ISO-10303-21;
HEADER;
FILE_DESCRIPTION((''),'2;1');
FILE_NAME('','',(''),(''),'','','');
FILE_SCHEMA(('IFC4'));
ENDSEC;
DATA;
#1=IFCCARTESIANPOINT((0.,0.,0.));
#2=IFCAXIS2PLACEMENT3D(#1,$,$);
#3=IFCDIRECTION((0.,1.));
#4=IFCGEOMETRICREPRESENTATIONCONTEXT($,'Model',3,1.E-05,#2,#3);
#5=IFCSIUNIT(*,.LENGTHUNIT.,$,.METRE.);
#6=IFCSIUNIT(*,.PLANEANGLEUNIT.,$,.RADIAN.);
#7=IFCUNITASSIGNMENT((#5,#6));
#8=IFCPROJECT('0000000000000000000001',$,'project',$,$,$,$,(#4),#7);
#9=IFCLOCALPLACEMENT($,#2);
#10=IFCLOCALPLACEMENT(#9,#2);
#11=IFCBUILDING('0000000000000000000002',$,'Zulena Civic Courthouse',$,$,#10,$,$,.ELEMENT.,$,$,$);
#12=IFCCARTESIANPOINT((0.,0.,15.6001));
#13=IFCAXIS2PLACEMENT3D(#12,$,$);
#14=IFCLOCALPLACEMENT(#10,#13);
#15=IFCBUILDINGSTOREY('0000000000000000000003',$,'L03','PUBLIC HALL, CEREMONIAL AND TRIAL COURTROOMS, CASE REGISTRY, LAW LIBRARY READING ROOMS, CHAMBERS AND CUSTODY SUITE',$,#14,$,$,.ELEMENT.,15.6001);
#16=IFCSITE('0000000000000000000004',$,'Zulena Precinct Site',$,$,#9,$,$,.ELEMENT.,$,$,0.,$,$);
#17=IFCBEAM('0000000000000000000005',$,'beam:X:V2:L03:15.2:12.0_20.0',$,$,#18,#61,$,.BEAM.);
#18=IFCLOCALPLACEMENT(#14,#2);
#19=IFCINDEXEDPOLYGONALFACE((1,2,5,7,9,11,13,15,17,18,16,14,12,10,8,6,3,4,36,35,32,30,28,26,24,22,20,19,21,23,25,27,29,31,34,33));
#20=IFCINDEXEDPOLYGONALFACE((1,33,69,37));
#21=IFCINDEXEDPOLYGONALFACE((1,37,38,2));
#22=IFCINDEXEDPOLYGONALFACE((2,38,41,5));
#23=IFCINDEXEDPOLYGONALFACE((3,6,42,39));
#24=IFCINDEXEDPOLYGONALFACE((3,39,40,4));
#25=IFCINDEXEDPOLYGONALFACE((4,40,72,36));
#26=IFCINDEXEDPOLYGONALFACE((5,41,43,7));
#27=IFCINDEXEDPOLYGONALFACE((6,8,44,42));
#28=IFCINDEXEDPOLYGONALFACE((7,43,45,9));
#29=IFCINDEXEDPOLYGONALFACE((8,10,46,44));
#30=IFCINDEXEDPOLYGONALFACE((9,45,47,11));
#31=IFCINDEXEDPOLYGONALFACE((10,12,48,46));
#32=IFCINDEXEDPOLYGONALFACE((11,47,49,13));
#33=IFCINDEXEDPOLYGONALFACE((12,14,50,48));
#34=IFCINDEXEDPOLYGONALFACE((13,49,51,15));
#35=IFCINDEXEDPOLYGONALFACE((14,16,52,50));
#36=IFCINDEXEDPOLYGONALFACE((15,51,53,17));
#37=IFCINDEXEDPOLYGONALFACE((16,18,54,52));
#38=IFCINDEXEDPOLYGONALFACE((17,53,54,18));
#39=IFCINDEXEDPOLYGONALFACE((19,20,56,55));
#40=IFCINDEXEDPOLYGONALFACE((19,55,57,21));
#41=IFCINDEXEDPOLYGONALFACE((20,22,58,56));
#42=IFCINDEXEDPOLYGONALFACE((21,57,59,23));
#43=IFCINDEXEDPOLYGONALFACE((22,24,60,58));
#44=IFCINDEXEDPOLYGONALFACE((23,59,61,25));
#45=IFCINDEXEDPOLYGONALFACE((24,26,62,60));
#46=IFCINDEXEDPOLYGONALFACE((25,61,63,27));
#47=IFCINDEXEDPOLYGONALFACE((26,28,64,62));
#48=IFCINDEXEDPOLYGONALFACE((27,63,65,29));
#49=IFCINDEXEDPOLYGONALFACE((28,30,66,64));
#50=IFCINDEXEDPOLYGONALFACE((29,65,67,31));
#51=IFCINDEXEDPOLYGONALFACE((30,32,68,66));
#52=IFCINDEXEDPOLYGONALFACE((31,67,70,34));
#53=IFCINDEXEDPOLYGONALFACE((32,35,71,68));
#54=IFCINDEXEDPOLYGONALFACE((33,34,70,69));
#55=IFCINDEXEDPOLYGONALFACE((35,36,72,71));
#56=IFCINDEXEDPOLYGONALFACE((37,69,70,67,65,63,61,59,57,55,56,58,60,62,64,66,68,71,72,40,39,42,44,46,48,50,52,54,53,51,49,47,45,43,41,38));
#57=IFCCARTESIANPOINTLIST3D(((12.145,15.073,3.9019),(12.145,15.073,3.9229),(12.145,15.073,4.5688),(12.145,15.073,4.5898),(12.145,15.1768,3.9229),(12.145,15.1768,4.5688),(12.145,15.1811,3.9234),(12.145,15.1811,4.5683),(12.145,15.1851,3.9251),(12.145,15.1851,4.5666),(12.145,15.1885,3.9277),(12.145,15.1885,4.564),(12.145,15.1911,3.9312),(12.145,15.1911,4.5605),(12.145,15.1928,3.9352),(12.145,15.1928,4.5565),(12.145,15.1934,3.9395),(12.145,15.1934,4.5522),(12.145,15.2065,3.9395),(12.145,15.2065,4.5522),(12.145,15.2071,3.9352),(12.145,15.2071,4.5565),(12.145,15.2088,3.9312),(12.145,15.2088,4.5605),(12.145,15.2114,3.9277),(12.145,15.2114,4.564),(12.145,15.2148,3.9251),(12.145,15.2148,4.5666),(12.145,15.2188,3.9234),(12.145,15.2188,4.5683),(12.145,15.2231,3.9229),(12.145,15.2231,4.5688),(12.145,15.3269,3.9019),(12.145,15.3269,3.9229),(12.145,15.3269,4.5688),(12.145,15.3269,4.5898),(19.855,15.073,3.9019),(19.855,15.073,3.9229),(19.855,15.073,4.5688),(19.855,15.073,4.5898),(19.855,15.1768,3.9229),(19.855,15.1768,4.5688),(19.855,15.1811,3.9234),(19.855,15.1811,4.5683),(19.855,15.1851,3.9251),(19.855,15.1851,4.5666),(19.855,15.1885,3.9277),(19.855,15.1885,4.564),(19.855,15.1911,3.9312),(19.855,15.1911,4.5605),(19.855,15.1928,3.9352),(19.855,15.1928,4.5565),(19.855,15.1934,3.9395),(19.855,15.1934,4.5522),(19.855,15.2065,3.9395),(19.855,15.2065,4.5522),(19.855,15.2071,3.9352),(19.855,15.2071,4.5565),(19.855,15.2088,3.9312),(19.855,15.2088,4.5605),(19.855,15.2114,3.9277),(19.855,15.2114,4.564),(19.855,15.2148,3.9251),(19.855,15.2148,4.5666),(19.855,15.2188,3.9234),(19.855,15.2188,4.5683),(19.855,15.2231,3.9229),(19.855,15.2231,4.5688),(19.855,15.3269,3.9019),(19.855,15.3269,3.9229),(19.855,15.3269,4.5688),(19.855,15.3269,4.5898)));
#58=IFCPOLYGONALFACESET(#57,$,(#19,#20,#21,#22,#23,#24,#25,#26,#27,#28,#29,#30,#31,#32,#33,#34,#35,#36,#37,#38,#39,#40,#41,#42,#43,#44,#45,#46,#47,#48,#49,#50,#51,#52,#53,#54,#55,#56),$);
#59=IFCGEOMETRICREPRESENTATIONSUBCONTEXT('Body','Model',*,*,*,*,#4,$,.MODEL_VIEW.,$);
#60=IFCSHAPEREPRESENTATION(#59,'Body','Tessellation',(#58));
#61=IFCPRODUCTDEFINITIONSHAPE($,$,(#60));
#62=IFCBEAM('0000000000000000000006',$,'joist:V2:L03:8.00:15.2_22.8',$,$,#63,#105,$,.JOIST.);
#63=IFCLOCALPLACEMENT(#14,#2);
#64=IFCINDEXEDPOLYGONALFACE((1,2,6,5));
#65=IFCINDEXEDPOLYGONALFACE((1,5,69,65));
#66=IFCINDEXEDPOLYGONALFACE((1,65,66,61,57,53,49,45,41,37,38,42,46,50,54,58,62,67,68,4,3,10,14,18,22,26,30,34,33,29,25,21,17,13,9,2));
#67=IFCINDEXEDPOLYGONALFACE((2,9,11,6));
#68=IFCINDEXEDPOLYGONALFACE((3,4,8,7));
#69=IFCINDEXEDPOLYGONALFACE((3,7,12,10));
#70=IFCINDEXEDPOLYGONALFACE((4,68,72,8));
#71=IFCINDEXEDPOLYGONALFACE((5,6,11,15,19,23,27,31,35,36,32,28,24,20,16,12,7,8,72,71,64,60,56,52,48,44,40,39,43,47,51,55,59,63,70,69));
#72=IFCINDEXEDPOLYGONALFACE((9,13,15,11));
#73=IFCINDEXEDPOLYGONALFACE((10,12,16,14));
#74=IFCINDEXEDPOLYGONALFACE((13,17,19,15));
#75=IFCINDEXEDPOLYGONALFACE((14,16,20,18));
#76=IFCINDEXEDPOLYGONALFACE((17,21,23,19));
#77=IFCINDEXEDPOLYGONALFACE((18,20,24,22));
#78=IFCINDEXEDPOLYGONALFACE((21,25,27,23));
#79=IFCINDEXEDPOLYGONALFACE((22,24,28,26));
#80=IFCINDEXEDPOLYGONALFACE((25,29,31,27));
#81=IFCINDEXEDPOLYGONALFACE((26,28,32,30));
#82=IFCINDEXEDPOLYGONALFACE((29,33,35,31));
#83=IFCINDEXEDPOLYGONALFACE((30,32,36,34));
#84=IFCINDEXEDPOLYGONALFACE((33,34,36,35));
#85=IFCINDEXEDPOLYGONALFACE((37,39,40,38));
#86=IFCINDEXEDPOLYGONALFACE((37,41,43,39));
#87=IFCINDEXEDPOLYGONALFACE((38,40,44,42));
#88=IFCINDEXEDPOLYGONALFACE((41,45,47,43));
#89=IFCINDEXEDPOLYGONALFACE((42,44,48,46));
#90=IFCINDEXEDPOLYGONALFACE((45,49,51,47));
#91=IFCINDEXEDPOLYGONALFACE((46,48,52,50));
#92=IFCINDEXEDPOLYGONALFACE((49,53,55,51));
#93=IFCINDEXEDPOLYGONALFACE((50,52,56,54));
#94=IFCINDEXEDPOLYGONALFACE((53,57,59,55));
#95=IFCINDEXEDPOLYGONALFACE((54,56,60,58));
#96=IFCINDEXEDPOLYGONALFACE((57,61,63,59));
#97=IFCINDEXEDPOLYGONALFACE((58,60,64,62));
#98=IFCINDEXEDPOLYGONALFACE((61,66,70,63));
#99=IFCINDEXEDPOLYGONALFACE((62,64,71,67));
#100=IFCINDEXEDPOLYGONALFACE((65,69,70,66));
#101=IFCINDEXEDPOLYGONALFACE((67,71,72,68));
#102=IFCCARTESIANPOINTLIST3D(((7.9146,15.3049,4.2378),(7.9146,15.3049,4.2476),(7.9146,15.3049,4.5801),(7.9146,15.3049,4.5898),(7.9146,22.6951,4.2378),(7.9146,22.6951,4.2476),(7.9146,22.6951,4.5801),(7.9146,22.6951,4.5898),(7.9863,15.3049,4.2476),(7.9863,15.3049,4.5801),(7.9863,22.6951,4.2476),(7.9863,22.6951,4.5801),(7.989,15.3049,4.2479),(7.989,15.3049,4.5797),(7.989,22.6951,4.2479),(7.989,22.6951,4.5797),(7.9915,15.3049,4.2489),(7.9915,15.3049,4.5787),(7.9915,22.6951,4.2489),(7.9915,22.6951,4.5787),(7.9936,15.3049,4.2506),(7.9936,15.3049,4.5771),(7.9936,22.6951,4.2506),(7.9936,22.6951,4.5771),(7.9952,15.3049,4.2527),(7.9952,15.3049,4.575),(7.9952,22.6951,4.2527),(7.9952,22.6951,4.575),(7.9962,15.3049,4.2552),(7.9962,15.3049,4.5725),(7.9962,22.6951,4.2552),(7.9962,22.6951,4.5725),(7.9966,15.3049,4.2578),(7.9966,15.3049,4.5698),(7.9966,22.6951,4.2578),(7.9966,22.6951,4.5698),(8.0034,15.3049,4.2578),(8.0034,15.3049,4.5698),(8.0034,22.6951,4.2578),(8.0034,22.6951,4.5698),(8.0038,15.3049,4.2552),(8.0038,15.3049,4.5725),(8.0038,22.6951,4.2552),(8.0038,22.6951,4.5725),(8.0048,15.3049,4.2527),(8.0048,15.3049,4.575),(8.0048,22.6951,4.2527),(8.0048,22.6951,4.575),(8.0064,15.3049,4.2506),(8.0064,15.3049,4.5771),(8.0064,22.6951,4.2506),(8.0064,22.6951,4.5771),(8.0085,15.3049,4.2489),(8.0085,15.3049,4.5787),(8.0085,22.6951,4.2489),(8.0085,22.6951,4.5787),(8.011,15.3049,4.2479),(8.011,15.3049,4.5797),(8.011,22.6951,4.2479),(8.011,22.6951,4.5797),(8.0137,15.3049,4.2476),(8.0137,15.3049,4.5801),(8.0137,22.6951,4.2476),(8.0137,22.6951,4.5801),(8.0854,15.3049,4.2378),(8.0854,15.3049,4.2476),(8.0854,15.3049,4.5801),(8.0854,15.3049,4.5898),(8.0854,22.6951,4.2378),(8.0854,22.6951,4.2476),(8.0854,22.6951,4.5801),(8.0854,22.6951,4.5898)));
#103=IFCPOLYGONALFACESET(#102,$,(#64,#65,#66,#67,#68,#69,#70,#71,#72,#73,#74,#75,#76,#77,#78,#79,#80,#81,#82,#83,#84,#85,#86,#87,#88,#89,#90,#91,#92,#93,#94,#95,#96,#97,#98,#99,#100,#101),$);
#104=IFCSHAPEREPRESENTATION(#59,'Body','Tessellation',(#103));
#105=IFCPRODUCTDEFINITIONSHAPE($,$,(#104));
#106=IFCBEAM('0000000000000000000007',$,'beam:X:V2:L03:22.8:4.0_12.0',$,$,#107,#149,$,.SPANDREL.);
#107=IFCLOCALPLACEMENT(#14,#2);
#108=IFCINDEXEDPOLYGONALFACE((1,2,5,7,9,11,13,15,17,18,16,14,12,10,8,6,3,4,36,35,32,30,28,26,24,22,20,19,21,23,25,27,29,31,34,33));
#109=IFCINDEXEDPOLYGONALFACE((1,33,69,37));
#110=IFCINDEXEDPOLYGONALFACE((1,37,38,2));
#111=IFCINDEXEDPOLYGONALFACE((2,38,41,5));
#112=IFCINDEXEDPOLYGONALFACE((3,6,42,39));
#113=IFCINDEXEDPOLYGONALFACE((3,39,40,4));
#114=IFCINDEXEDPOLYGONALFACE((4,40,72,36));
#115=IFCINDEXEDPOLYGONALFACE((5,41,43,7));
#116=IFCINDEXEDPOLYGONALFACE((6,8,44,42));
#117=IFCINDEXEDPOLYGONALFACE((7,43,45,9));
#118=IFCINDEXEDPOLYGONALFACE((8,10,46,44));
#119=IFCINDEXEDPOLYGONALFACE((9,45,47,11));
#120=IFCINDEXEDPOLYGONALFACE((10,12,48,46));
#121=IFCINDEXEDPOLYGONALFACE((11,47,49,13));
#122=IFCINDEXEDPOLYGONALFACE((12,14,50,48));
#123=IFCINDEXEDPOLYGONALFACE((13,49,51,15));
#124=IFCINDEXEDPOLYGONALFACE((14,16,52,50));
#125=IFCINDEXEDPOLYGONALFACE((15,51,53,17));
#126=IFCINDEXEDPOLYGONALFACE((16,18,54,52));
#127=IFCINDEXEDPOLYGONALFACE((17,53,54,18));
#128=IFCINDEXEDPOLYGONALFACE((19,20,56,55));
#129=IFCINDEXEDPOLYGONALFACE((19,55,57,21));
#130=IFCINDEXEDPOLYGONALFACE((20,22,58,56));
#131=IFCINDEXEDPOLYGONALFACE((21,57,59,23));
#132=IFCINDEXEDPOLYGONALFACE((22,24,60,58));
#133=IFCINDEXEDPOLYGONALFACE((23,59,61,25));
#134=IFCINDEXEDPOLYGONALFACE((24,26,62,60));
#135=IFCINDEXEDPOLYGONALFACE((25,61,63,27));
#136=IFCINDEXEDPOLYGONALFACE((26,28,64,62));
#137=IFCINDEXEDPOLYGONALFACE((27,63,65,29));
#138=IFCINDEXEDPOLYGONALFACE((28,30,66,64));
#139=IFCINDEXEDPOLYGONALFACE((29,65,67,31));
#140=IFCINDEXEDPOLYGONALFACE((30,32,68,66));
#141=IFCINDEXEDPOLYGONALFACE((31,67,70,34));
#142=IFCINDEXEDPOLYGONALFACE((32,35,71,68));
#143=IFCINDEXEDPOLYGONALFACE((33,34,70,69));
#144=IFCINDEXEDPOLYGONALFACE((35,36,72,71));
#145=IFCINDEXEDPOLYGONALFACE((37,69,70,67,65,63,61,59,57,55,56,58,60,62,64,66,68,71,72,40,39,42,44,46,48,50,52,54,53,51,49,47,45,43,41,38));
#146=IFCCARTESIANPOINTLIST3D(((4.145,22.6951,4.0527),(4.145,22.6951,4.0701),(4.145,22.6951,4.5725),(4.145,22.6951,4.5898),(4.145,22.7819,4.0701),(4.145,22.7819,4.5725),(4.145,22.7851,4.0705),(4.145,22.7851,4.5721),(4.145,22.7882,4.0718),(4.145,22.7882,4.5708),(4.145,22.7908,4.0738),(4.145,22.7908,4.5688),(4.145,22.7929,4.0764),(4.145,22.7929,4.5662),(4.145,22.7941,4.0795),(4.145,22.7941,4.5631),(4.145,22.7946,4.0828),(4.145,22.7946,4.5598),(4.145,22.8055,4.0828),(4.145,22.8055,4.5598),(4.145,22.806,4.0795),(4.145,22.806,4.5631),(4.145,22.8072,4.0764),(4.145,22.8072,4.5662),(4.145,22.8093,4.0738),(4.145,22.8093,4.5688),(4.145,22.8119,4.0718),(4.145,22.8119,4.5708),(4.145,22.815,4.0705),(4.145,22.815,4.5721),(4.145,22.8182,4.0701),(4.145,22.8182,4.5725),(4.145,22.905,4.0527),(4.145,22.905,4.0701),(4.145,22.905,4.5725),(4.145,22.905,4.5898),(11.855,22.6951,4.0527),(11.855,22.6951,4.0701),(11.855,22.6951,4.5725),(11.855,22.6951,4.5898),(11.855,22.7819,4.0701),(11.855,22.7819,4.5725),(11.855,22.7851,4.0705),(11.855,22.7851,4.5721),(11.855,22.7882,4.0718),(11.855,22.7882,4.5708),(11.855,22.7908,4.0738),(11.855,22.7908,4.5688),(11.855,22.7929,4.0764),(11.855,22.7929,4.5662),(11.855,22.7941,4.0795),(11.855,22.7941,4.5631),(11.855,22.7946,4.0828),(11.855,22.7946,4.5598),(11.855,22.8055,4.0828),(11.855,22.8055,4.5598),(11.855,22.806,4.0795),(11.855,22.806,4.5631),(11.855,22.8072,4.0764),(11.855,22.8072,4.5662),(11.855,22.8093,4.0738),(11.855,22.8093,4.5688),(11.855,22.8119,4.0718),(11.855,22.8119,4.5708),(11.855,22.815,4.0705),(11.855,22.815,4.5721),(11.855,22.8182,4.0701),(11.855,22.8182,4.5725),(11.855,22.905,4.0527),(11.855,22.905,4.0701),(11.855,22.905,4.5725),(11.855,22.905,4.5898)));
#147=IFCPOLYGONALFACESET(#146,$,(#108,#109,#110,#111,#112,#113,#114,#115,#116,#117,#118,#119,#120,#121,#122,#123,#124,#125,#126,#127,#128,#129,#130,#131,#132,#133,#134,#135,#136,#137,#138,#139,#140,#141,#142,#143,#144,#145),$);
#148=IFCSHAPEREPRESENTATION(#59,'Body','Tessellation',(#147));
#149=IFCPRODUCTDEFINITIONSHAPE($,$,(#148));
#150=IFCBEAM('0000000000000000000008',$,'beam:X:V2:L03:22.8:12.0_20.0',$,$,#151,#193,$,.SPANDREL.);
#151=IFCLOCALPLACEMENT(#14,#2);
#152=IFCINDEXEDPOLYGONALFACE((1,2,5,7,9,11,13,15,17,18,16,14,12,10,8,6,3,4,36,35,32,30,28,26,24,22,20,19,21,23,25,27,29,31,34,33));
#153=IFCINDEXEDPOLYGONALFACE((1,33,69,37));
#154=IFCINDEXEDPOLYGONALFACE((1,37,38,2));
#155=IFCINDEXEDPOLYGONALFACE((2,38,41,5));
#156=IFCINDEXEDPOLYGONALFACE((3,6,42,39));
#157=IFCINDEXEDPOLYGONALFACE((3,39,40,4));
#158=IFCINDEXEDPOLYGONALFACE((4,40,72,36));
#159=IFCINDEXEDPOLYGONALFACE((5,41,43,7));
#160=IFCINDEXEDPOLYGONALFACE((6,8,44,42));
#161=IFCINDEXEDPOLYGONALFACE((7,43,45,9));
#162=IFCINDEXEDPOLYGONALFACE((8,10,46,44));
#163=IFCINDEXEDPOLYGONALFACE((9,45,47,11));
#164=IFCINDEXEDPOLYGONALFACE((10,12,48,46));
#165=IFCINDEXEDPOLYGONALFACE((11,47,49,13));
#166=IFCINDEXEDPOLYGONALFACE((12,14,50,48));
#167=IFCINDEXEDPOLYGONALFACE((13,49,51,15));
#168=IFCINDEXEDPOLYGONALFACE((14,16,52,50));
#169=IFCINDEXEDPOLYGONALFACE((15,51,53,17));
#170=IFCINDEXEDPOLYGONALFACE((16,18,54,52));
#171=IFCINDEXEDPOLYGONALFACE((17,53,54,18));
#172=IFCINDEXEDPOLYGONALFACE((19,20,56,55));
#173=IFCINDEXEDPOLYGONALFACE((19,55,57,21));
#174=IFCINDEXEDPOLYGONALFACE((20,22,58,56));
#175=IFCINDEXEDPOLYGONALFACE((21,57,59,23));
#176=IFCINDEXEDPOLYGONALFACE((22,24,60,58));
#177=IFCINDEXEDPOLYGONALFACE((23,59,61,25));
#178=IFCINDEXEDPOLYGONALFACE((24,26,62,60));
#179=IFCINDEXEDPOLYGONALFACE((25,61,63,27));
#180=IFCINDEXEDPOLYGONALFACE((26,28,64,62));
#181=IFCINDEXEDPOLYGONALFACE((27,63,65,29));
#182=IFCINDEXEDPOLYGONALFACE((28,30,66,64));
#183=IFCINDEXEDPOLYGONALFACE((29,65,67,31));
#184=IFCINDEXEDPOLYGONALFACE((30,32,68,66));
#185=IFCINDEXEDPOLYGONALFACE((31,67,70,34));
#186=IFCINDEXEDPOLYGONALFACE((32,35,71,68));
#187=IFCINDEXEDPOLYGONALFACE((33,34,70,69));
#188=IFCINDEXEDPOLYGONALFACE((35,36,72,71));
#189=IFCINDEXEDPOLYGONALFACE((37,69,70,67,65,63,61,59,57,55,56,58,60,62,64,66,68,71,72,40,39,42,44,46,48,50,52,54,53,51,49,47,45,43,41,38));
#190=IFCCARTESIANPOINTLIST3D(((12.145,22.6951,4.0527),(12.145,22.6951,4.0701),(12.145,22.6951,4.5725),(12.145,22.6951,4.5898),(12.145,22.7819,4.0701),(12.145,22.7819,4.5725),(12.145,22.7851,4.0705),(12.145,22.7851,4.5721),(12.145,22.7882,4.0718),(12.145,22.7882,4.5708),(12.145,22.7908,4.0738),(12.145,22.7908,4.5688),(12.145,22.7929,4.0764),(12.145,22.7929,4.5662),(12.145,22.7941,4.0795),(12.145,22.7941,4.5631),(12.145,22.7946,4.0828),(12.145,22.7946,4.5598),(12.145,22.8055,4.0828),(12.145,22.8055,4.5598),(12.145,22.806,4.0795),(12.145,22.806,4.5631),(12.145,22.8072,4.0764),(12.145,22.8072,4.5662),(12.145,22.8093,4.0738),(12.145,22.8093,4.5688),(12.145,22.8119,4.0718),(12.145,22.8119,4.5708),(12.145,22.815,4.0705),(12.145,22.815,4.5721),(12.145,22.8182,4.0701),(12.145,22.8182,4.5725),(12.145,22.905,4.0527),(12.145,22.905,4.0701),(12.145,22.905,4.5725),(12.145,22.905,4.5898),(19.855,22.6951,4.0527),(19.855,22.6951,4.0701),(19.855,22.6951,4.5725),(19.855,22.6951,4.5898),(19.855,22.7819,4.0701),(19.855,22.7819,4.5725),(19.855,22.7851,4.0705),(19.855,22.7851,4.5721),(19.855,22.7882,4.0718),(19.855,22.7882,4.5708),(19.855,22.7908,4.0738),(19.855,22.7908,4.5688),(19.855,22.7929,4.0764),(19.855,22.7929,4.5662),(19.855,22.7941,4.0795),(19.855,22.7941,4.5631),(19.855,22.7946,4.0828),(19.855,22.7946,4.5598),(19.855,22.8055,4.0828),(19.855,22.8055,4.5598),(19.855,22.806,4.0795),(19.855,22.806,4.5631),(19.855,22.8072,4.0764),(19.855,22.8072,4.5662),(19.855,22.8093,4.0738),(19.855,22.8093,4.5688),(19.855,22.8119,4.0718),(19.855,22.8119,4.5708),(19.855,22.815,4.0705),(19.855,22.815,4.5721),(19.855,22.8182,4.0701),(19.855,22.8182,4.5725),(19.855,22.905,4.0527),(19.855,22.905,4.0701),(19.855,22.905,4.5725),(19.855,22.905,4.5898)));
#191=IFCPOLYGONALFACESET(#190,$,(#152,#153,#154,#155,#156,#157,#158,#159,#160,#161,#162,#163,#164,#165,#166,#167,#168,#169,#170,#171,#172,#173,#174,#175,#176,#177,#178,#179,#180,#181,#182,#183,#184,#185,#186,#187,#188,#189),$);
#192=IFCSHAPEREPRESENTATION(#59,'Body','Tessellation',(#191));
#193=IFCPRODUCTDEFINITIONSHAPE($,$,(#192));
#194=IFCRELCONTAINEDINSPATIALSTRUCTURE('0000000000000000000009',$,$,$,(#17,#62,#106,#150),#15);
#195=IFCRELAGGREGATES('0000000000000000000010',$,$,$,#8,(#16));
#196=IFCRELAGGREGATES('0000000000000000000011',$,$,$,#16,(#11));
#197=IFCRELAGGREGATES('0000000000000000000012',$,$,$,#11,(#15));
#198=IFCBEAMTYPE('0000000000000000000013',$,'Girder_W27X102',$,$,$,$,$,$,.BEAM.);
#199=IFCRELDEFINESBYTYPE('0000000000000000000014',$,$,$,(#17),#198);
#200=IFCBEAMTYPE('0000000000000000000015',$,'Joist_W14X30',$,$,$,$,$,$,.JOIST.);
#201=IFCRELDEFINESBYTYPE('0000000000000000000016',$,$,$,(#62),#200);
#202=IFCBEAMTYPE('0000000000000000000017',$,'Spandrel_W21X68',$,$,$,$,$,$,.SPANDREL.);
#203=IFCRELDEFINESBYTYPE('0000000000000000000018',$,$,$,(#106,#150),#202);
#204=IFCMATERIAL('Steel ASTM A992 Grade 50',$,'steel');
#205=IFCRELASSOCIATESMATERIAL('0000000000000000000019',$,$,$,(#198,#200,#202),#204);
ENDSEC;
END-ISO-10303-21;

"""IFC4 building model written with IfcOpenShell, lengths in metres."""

from ifc_helpers import new_model, si_unit, direction, frame, origin, origin_2d, place, context, subcontext, project, spatial, i_section, extrude, material, material_profile, profile_set, type_object, element, save


model = new_model("IFC4")

# Units and contexts
model_context = context("Model", 3, precision=1e-05, world=origin(), true_north=direction((0.0, 1.0)))
body_context = subcontext(model_context, "Body", "Model", "MODEL_VIEW")
ifc_project = project(units=[si_unit("LENGTHUNIT", "METRE"), si_unit("PLANEANGLEUNIT", "RADIAN")], contexts=[model_context])

# Site, building, storey
site_placement = place(None, origin())
site = spatial("IfcSite", under=ifc_project, at=site_placement, Name="Zulena Precinct Site", CompositionType="ELEMENT", RefElevation=0.0)
building_placement = place(site_placement, origin())
building = spatial("IfcBuilding", under=site, at=building_placement, Name="Zulena Civic Courthouse", CompositionType="ELEMENT")
storey_placement = place(building_placement, frame((0.0, 0.0, 15.6001)))
storey = spatial("IfcBuildingStorey", under=building, at=storey_placement, Name="L03", Description="PUBLIC HALL, CEREMONIAL AND TRIAL COURTROOMS, CASE REGISTRY, LAW LIBRARY READING ROOMS, CHAMBERS AND CUSTODY SUITE", CompositionType="ELEMENT", Elevation=15.6001)

# Shared definitions
ifc_material_1 = material(Name="Steel ASTM A992 Grade 50", Category="steel")

# Beams
ifc_material_profile_1 = material_profile(ifc_material_1, i_section(OverallWidth=0.2539, OverallDepth=0.688, WebThickness=0.0132, FlangeThickness=0.021, FilletRadius=0.0166, at=origin_2d()), Name="W27X102")
ifc_profile_set_1 = profile_set([ifc_material_profile_1], Name="Steel ASTM A992 Grade 50")
beam_type_1 = type_object("IfcBeamType", Name="Girder_W27X102", PredefinedType="BEAM", material=ifc_profile_set_1)
beam_1_placement = place(storey_placement, frame((12.145, 15.2, 4.2458), z_axis=(1.0, 0.0, 0.0), x_axis=(0.0, 1.0, 0.0)))
element("IfcBeam", 1, at=beam_1_placement, inside=storey, type_object=beam_type_1, Name="beam:X:V2:L03:15.2:12.0_20.0", PredefinedType="BEAM", context=body_context, shape_type="SweptSolid", body=[
    extrude(i_section(OverallWidth=0.2539, OverallDepth=0.688, WebThickness=0.0132, FlangeThickness=0.021, FilletRadius=0.0166, at=origin_2d()), origin(), (0.0, 0.0, 1.0), 7.71),
])
ifc_material_profile_2 = material_profile(ifc_material_1, i_section(OverallWidth=0.1709, OverallDepth=0.3521, WebThickness=0.0068, FlangeThickness=0.0098, FilletRadius=0.0103, at=origin_2d()), Name="W14X30")
ifc_profile_set_2 = profile_set([ifc_material_profile_2], Name="Steel ASTM A992 Grade 50")
beam_type_2 = type_object("IfcBeamType", Name="Joist_W14X30", PredefinedType="JOIST", material=ifc_profile_set_2)
beam_2_placement = place(storey_placement, frame((8.0, 15.3049, 4.4138), z_axis=(0.0, 1.0, 0.0), x_axis=(-1.0, 0.0, 0.0)))
element("IfcBeam", 2, at=beam_2_placement, inside=storey, type_object=beam_type_2, Name="joist:V2:L03:8.00:15.2_22.8", PredefinedType="JOIST", context=body_context, shape_type="SweptSolid", body=[
    extrude(i_section(OverallWidth=0.1709, OverallDepth=0.3521, WebThickness=0.0068, FlangeThickness=0.0098, FilletRadius=0.0103, at=origin_2d()), origin(), (0.0, 0.0, 1.0), 7.3901),
])
ifc_material_profile_3 = material_profile(ifc_material_1, i_section(OverallWidth=0.21, OverallDepth=0.5371, WebThickness=0.011, FlangeThickness=0.0173, FilletRadius=0.0127, at=origin_2d()), Name="W21X68")
ifc_profile_set_3 = profile_set([ifc_material_profile_3], Name="Steel ASTM A992 Grade 50")
beam_type_3 = type_object("IfcBeamType", Name="Spandrel_W21X68", PredefinedType="SPANDREL", material=ifc_profile_set_3)
for number, where, z_axis, x_axis, name in (
    (3, (4.145, 22.8, 4.3213), (1.0, 0.0, 0.0), (0.0, 1.0, 0.0), "beam:X:V2:L03:22.8:4.0_12.0"),
    (4, (12.145, 22.8, 4.3213), (1.0, 0.0, 0.0), (0.0, 1.0, 0.0), "beam:X:V2:L03:22.8:12.0_20.0"),
):
    element("IfcBeam", number, at=place(storey_placement, frame(where, z_axis=z_axis, x_axis=x_axis)), inside=storey, type_object=beam_type_3, Name=name, PredefinedType="SPANDREL", context=body_context, shape_type="SweptSolid", body=[
        extrude(i_section(OverallWidth=0.21, OverallDepth=0.5371, WebThickness=0.011, FlangeThickness=0.0173, FilletRadius=0.0127, at=origin_2d()), origin(), (0.0, 0.0, 1.0), 7.71),
    ])

save(model, "model.ifc")
